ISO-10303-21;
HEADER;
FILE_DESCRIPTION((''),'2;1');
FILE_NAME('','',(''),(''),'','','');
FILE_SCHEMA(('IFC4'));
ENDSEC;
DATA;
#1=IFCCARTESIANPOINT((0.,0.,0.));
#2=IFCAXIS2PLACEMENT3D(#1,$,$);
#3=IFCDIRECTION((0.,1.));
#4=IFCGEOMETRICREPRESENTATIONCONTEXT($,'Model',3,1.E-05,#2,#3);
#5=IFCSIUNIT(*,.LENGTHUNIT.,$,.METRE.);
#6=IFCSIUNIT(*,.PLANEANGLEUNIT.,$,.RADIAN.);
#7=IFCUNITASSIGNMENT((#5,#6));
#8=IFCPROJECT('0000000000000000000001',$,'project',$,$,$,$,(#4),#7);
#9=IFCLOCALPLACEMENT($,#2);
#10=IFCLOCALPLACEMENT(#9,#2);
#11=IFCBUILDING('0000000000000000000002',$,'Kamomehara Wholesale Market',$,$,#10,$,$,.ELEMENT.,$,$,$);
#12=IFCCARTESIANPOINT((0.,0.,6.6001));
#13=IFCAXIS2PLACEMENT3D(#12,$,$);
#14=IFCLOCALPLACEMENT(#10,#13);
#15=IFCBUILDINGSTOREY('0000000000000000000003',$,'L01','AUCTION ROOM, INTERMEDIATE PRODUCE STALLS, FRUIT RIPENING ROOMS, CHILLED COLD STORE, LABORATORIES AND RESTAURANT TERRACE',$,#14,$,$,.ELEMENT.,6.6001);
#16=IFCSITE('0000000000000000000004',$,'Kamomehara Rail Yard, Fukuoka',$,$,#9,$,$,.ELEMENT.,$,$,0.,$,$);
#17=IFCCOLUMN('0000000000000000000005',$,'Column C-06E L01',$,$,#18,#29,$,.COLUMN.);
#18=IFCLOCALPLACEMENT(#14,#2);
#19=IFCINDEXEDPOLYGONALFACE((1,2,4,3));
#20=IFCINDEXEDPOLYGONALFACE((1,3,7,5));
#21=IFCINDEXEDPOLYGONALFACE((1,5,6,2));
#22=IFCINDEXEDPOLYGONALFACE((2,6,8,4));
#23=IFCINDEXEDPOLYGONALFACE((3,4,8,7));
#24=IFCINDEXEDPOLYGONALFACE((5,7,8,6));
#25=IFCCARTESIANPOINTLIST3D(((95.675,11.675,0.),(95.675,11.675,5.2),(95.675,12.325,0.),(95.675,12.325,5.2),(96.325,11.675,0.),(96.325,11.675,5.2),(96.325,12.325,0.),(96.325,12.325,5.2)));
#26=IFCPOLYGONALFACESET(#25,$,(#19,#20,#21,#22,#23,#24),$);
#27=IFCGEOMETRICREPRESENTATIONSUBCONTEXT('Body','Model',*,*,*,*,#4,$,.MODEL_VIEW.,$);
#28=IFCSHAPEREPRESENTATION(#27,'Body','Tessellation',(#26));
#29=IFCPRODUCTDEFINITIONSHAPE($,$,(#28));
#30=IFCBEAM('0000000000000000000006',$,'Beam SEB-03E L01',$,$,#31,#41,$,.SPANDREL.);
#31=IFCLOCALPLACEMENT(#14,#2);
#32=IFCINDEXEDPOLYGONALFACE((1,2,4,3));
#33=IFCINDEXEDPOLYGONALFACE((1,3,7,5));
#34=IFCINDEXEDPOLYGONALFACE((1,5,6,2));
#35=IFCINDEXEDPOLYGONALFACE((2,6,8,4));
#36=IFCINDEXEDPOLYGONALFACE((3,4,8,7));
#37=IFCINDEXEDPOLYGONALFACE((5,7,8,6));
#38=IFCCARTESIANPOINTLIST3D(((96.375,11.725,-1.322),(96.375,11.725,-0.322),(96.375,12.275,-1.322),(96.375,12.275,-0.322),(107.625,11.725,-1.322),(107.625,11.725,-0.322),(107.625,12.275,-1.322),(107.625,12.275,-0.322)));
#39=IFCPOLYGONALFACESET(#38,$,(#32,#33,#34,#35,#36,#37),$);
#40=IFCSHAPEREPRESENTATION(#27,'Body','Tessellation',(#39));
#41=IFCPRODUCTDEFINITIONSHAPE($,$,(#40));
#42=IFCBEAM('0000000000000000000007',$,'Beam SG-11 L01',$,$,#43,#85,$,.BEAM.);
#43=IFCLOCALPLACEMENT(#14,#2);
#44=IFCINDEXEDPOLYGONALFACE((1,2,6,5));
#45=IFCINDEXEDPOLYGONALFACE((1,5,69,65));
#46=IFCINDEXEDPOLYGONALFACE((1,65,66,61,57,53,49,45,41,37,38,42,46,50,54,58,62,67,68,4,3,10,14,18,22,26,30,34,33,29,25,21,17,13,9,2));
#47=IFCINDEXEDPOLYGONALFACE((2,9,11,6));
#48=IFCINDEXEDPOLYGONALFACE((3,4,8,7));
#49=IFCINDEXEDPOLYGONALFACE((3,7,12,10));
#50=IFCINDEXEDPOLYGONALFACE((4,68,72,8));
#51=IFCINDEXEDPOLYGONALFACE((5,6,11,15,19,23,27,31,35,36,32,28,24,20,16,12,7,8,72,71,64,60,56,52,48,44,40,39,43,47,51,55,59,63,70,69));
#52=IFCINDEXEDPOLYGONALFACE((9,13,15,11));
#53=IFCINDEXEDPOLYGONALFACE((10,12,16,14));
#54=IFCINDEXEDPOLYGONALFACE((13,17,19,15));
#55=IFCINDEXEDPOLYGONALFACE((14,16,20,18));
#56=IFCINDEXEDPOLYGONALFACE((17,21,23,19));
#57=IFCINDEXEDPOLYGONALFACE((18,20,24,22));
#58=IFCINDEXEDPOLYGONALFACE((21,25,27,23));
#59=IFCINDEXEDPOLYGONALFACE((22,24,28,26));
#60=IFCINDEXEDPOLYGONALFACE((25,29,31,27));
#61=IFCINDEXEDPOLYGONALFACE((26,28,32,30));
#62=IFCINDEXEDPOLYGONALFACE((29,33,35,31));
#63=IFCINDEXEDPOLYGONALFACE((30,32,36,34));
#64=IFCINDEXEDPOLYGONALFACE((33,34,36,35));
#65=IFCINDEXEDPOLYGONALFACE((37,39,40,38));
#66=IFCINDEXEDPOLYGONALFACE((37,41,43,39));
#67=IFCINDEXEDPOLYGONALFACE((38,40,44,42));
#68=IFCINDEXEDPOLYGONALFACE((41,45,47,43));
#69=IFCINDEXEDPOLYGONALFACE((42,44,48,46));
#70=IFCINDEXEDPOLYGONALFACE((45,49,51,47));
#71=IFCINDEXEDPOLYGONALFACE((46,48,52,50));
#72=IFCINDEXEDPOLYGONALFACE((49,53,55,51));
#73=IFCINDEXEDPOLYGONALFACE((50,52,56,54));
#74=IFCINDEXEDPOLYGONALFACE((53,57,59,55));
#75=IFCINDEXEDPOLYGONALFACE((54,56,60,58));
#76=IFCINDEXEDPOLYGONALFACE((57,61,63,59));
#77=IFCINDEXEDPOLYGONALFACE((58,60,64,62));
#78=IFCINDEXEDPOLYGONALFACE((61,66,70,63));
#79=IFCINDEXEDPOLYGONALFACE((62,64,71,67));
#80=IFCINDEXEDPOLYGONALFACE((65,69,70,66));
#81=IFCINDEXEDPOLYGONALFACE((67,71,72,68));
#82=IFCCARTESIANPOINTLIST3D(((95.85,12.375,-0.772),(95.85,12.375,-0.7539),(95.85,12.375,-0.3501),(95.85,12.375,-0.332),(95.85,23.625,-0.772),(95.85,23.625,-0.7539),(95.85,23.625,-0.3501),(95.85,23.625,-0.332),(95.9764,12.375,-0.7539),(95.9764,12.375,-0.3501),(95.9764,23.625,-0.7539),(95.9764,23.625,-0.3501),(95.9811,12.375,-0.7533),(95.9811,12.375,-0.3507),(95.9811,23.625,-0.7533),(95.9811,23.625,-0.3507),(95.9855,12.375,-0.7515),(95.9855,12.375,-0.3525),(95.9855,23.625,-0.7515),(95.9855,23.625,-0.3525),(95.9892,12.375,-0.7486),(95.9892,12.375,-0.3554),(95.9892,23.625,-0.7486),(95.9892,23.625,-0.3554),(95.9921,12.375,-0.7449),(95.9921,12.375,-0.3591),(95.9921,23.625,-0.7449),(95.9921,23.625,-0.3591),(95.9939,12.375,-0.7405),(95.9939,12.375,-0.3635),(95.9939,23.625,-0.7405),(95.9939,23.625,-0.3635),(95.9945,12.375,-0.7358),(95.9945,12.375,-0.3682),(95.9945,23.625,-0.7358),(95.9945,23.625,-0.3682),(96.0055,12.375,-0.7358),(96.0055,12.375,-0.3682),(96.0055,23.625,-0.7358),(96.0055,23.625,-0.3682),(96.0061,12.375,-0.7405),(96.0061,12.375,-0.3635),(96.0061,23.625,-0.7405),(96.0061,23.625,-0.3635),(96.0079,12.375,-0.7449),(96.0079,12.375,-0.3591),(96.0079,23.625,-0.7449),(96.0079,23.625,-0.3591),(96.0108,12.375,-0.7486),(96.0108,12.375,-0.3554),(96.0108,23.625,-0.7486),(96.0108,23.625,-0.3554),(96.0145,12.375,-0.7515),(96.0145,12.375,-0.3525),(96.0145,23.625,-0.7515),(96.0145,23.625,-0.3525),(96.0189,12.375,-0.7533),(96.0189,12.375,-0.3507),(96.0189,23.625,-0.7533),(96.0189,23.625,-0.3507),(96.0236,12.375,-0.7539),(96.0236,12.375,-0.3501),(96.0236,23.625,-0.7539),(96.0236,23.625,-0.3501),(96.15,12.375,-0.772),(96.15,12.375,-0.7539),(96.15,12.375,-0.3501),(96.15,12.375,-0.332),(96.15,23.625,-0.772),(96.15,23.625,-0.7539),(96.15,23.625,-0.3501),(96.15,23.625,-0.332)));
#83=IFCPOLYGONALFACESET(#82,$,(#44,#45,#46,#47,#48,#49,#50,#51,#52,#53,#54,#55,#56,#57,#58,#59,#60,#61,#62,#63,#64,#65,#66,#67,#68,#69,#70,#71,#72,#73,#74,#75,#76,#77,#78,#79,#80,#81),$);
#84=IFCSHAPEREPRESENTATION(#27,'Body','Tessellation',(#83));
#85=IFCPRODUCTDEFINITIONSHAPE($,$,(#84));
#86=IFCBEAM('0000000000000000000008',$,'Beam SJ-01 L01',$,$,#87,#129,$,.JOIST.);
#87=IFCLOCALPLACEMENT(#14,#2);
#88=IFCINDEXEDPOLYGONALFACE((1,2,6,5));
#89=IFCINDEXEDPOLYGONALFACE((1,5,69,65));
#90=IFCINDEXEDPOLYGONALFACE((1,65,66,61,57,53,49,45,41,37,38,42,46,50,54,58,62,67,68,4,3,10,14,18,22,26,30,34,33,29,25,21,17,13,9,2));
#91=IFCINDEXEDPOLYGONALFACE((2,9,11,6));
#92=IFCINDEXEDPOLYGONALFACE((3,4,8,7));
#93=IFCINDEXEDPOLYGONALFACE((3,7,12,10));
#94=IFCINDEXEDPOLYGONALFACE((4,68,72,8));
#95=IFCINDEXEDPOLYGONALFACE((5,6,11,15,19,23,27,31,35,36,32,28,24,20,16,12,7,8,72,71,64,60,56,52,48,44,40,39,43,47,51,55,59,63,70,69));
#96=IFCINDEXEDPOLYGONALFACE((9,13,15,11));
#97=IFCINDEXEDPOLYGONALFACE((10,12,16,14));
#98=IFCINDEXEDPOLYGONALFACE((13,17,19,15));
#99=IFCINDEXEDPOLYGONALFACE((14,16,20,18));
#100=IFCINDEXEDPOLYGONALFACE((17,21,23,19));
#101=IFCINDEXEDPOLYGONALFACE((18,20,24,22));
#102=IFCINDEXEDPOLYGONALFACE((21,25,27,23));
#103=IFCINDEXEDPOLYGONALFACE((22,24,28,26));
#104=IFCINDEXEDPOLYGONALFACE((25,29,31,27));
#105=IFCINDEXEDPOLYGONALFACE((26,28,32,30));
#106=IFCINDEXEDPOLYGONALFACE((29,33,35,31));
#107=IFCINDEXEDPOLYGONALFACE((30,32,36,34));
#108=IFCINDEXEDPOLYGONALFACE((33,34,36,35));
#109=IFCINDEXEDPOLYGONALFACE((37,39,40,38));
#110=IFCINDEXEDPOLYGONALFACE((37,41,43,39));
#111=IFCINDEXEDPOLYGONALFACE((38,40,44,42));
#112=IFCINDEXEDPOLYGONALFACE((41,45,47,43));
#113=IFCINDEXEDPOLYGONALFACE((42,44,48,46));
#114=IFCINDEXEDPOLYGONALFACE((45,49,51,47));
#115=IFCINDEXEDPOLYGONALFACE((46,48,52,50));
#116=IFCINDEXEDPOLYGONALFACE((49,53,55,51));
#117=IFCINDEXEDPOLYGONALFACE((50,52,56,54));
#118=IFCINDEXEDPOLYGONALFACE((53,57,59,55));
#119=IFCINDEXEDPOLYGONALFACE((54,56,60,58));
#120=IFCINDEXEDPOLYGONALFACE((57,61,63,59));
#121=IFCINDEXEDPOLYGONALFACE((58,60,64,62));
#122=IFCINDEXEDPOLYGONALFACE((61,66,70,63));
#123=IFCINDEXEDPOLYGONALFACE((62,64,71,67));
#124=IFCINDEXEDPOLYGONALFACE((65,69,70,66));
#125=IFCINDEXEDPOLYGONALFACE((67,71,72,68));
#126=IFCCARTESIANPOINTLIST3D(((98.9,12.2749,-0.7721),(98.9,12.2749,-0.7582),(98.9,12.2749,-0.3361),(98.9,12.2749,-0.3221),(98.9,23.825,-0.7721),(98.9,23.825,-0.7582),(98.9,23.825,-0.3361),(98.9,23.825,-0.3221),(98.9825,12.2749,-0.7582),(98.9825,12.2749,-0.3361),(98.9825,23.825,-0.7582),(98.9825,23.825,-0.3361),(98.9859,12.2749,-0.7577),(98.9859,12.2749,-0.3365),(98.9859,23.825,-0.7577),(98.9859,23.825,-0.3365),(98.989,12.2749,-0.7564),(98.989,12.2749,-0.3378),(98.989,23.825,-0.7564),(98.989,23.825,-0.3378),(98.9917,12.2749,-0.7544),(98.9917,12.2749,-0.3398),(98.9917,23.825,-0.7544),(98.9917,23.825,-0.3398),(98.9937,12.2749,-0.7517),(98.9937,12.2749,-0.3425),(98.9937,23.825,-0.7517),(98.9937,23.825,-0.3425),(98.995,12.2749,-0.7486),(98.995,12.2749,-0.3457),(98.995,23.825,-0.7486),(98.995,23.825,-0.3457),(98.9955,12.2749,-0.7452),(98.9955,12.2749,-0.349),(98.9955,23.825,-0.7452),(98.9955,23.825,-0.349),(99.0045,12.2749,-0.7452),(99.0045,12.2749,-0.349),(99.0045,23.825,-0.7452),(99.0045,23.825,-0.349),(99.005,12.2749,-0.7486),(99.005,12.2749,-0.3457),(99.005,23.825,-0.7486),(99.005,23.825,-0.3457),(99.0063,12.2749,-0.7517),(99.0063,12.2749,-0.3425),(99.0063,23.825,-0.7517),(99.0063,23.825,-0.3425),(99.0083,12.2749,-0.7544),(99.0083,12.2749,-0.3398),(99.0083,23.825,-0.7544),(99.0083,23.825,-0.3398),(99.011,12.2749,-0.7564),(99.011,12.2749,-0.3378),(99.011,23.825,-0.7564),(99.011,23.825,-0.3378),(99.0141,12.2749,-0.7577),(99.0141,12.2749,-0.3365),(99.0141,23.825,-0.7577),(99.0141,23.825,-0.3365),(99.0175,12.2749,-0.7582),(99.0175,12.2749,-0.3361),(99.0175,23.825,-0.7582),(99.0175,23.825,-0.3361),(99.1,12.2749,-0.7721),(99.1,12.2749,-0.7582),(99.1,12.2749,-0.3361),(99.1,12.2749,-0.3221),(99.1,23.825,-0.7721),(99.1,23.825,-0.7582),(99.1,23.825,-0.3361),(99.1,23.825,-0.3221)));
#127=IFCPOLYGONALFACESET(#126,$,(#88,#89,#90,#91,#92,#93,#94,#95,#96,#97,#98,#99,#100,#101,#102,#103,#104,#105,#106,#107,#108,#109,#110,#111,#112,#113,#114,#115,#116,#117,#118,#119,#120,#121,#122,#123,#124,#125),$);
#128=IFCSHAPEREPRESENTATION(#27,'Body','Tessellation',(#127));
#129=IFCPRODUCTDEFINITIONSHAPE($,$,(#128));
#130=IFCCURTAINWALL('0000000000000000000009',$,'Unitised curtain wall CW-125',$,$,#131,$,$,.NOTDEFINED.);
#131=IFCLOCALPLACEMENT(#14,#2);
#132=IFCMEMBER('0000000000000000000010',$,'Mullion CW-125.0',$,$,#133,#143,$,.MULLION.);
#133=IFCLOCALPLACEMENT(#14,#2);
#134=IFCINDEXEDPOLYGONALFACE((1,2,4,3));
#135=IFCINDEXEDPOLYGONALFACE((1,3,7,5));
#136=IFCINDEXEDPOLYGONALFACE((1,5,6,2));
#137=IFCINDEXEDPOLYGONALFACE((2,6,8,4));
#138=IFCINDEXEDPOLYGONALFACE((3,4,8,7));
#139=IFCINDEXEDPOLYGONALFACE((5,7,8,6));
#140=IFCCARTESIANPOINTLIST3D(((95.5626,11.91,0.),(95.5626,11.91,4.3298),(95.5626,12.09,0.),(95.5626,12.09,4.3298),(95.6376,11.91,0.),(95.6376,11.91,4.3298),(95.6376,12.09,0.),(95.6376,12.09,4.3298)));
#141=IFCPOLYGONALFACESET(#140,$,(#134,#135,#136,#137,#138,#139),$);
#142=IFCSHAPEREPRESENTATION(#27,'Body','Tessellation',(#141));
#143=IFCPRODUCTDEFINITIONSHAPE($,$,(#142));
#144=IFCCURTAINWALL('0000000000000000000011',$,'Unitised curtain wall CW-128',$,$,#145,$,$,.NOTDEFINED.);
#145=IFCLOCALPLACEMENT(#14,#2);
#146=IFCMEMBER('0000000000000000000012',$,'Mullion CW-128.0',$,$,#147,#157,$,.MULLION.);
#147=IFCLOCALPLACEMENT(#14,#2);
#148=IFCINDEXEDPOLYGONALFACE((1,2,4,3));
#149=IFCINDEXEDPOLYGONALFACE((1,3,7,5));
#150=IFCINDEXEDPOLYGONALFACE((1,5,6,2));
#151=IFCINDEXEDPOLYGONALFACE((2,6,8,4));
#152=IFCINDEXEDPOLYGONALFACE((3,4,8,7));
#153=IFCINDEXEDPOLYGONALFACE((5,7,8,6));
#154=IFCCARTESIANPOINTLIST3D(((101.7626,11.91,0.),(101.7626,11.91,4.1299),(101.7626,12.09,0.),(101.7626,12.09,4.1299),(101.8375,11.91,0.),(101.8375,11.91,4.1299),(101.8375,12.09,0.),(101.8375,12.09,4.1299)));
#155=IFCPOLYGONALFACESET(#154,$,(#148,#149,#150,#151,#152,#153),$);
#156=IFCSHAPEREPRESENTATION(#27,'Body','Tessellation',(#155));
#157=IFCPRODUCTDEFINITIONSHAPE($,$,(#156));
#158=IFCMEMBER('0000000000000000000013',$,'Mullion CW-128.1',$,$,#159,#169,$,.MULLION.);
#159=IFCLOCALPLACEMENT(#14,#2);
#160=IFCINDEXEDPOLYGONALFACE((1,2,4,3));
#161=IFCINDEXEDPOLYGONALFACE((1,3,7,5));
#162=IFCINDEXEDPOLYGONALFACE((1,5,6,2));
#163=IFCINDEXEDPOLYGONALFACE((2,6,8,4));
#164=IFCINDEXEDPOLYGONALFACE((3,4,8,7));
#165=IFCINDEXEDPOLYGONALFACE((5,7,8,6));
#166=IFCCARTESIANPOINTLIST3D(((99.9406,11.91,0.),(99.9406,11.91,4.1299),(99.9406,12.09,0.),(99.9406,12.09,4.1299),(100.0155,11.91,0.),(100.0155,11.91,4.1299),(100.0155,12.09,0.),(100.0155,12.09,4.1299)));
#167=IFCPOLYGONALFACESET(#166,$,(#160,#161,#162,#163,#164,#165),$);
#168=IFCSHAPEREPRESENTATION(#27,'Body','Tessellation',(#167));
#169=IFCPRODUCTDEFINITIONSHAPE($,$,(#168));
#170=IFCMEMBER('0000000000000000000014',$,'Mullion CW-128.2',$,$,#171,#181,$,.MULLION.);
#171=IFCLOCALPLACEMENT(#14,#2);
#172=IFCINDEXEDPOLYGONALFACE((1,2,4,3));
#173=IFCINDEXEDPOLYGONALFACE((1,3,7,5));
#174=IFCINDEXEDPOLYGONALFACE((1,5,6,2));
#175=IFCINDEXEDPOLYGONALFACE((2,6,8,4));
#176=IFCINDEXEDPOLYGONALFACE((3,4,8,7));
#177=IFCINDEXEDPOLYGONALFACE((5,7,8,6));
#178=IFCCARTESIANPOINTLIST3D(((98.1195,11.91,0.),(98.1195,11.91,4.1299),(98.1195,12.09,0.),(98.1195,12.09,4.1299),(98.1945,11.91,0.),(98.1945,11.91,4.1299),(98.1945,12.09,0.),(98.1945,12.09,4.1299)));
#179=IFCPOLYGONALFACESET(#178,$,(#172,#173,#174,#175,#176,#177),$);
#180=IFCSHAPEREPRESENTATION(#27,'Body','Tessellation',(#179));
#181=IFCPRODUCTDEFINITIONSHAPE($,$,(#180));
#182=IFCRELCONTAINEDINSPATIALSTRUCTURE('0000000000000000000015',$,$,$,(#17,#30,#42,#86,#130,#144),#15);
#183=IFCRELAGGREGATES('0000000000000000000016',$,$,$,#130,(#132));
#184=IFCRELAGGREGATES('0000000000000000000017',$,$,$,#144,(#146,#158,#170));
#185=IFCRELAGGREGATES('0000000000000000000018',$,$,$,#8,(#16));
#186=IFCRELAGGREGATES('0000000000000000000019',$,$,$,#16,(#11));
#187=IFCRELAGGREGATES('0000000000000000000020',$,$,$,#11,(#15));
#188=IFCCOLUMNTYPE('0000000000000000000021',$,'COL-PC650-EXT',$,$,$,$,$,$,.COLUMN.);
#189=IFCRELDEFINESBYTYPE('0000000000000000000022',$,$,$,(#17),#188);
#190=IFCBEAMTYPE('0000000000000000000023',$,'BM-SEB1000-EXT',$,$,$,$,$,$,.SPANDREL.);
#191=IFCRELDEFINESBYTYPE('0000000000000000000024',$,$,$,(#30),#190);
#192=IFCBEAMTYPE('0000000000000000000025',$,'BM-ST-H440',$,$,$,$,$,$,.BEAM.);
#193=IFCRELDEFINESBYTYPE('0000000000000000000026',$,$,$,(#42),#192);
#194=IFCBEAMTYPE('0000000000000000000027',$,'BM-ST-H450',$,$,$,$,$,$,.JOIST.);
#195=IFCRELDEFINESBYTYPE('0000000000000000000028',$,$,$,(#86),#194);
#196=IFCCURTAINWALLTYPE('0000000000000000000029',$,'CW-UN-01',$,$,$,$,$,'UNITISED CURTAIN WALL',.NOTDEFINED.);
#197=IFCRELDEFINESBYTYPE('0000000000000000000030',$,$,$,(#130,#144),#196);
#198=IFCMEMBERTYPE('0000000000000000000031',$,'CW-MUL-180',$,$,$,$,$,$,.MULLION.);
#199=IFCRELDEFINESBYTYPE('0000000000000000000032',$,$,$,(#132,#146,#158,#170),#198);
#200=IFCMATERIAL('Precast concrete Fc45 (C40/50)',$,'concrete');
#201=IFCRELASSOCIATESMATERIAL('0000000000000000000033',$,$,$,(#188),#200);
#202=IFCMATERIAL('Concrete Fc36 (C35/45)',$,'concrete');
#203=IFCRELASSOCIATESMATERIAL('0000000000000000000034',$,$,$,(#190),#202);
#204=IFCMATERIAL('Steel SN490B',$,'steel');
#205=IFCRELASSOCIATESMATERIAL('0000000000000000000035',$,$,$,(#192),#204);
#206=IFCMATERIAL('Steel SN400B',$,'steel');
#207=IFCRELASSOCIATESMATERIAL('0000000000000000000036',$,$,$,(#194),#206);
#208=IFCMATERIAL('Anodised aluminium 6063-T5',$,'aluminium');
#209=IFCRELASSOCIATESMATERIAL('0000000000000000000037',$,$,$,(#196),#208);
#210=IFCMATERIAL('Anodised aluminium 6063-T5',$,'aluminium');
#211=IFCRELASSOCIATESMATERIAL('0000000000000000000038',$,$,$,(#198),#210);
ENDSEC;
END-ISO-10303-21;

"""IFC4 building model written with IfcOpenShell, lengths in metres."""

from ifc_helpers import new_model, si_unit, direction, frame, origin, origin_2d, place, context, subcontext, project, spatial, rectangle, i_section, extrude, material, material_profile, profile_set, type_object, element, aggregate, save


model = new_model("IFC4")

# Units and contexts
model_context = context("Model", 3, precision=1e-05, world=origin(), true_north=direction((0.0, 1.0)))
body_context = subcontext(model_context, "Body", "Model", "MODEL_VIEW")
ifc_project = project(units=[si_unit("LENGTHUNIT", "METRE"), si_unit("PLANEANGLEUNIT", "RADIAN")], contexts=[model_context])

# Site, building, storey
site_placement = place(None, origin())
site = spatial("IfcSite", under=ifc_project, at=site_placement, Name="Kamomehara Rail Yard, Fukuoka", CompositionType="ELEMENT", RefElevation=0.0)
building_placement = place(site_placement, origin())
building = spatial("IfcBuilding", under=site, at=building_placement, Name="Kamomehara Wholesale Market", CompositionType="ELEMENT")
storey_placement = place(building_placement, frame((0.0, 0.0, 6.6001)))
storey = spatial("IfcBuildingStorey", under=building, at=storey_placement, Name="L01", Description="AUCTION ROOM, INTERMEDIATE PRODUCE STALLS, FRUIT RIPENING ROOMS, CHILLED COLD STORE, LABORATORIES AND RESTAURANT TERRACE", CompositionType="ELEMENT", Elevation=6.6001)

# Column
ifc_material_1 = material(Name="Precast concrete Fc45 (C40/50)", Category="concrete")
ifc_material_profile_1 = material_profile(ifc_material_1, rectangle(XDim=0.6499, YDim=0.6499, at=origin_2d()), Name="PC-COL-650x650")
ifc_profile_set_1 = profile_set([ifc_material_profile_1], Name="Precast concrete Fc45 (C40/50)")
column_type = type_object("IfcColumnType", Name="COL-PC650-EXT", PredefinedType="COLUMN", material=ifc_profile_set_1)
column_placement = place(storey_placement, frame((96.0, 12.0, 0.0), z_axis=(0.0, 0.0, 1.0), x_axis=(1.0, 0.0, 0.0)))
element("IfcColumn", 1, at=column_placement, inside=storey, type_object=column_type, Name="Column C-06E L01", PredefinedType="COLUMN", context=body_context, shape_type="SweptSolid", body=[
    extrude(rectangle(XDim=0.6499, YDim=0.6499, at=origin_2d()), origin(), (0.0, 0.0, 1.0), 5.2),
])

# Beams
ifc_material_2 = material(Name="Concrete Fc36 (C35/45)", Category="concrete")
ifc_material_profile_2 = material_profile(ifc_material_2, rectangle(XDim=0.55, YDim=1.0, at=origin_2d()), Name="RC-SEB-550x1000")
ifc_profile_set_2 = profile_set([ifc_material_profile_2], Name="Concrete Fc36 (C35/45)")
beam_type_1 = type_object("IfcBeamType", Name="BM-SEB1000-EXT", PredefinedType="SPANDREL", material=ifc_profile_set_2)
beam_1_placement = place(storey_placement, frame((96.375, 12.0, -0.822), z_axis=(1.0, 0.0, 0.0), x_axis=(0.0, 1.0, 0.0)))
element("IfcBeam", 2, at=beam_1_placement, inside=storey, type_object=beam_type_1, Name="Beam SEB-03E L01", PredefinedType="SPANDREL", context=body_context, shape_type="SweptSolid", body=[
    extrude(rectangle(XDim=0.55, YDim=1.0, at=origin_2d()), origin(), (0.0, 0.0, 1.0), 11.25),
])
ifc_material_3 = material(Name="Steel SN490B", Category="steel")
ifc_material_profile_3 = material_profile(ifc_material_3, i_section(OverallWidth=0.3, OverallDepth=0.4399, WebThickness=0.011, FlangeThickness=0.0181, FilletRadius=0.0181, at=origin_2d()), Name="H-440x300x11x18")
ifc_profile_set_3 = profile_set([ifc_material_profile_3], Name="Steel SN490B")
beam_type_2 = type_object("IfcBeamType", Name="BM-ST-H440", PredefinedType="BEAM", material=ifc_profile_set_3)
beam_2_placement = place(storey_placement, frame((96.0, 12.375, -0.552), z_axis=(0.0, 1.0, 0.0), x_axis=(-1.0, 0.0, 0.0)))
element("IfcBeam", 3, at=beam_2_placement, inside=storey, type_object=beam_type_2, Name="Beam SG-11 L01", PredefinedType="BEAM", context=body_context, shape_type="SweptSolid", body=[
    extrude(i_section(OverallWidth=0.3, OverallDepth=0.4399, WebThickness=0.011, FlangeThickness=0.0181, FilletRadius=0.0181, at=origin_2d()), origin(), (0.0, 0.0, 1.0), 11.25),
])
ifc_material_4 = material(Name="Steel SN400B", Category="steel")
ifc_material_profile_4 = material_profile(ifc_material_4, i_section(OverallWidth=0.2, OverallDepth=0.45, WebThickness=0.009, FlangeThickness=0.0139, FilletRadius=0.0129, at=origin_2d()), Name="H-450x200x9x14")
ifc_profile_set_4 = profile_set([ifc_material_profile_4], Name="Steel SN400B")
beam_type_3 = type_object("IfcBeamType", Name="BM-ST-H450", PredefinedType="JOIST", material=ifc_profile_set_4)
beam_3_placement = place(storey_placement, frame((99.0, 12.2749, -0.5471), z_axis=(0.0, 1.0, 0.0), x_axis=(-1.0, 0.0, 0.0)))
element("IfcBeam", 4, at=beam_3_placement, inside=storey, type_object=beam_type_3, Name="Beam SJ-01 L01", PredefinedType="JOIST", context=body_context, shape_type="SweptSolid", body=[
    extrude(i_section(OverallWidth=0.2, OverallDepth=0.45, WebThickness=0.009, FlangeThickness=0.0139, FilletRadius=0.0129, at=origin_2d()), origin(), (0.0, 0.0, 1.0), 11.55),
])

# Curtain wall, member
ifc_material_5 = material(Name="Anodised aluminium 6063-T5", Category="aluminium")
curtain_wall_type = type_object("IfcCurtainWallType", Name="CW-UN-01", ElementType="UNITISED CURTAIN WALL", PredefinedType="NOTDEFINED", material=ifc_material_5)
curtain_wall_1_placement = place(storey_placement, origin())
curtain_wall_1 = element("IfcCurtainWall", 5, at=curtain_wall_1_placement, inside=storey, type_object=curtain_wall_type, Name="Unitised curtain wall CW-125", PredefinedType="NOTDEFINED")
ifc_material_6 = material(Name="Anodised aluminium 6063-T5", Category="aluminium")
ifc_material_profile_5 = material_profile(ifc_material_6, rectangle(XDim=0.075, YDim=0.1799, at=origin_2d()), Name="ALU-MUL-75x180")
ifc_profile_set_5 = profile_set([ifc_material_profile_5], Name="Anodised aluminium 6063-T5")
member_type_1 = type_object("IfcMemberType", Name="CW-MUL-180", PredefinedType="MULLION", material=ifc_profile_set_5)
member_1_placement = place(storey_placement, frame((95.6001, 12.0, 0.0), z_axis=(0.0, 0.0, 1.0), x_axis=(-1.0, 0.0, 0.0)))
member_1 = element("IfcMember", 6, at=member_1_placement, type_object=member_type_1, Name="Mullion CW-125.0", PredefinedType="MULLION", context=body_context, shape_type="SweptSolid", body=[
    extrude(rectangle(XDim=0.075, YDim=0.1799, at=origin_2d()), origin(), (0.0, 0.0, 1.0), 4.3298),
])

# Curtain wall, members
curtain_wall_2_placement = place(storey_placement, origin())
curtain_wall_2 = element("IfcCurtainWall", 7, at=curtain_wall_2_placement, inside=storey, type_object=curtain_wall_type, Name="Unitised curtain wall CW-128", PredefinedType="NOTDEFINED")
member_2_placement = place(storey_placement, frame((101.8, 12.0, 0.0), z_axis=(0.0, 0.0, 1.0), x_axis=(-1.0, 0.0, 0.0)))
member_2 = element("IfcMember", 8, at=member_2_placement, type_object=member_type_1, Name="Mullion CW-128.0", PredefinedType="MULLION", context=body_context, shape_type="SweptSolid", body=[
    extrude(rectangle(XDim=0.075, YDim=0.1799, at=origin_2d()), origin(), (0.0, 0.0, 1.0), 4.1299),
])
member_3_placement = place(storey_placement, frame((99.978, 12.0, 0.0), z_axis=(0.0, 0.0, 1.0), x_axis=(-1.0, 0.0, 0.0)))
member_3 = element("IfcMember", 9, at=member_3_placement, type_object=member_type_1, Name="Mullion CW-128.1", PredefinedType="MULLION", context=body_context, shape_type="SweptSolid", body=[
    extrude(rectangle(XDim=0.075, YDim=0.1799, at=origin_2d()), origin(), (0.0, 0.0, 1.0), 4.1299),
])
member_4_placement = place(storey_placement, frame((98.157, 12.0, 0.0), z_axis=(0.0, 0.0, 1.0), x_axis=(-1.0, 0.0, 0.0)))
member_4 = element("IfcMember", 10, at=member_4_placement, type_object=member_type_1, Name="Mullion CW-128.2", PredefinedType="MULLION", context=body_context, shape_type="SweptSolid", body=[
    extrude(rectangle(XDim=0.075, YDim=0.1799, at=origin_2d()), origin(), (0.0, 0.0, 1.0), 4.1299),
])

aggregate(curtain_wall_1, [member_1])

aggregate(curtain_wall_2, [member_2, member_3, member_4])

save(model, "model.ifc")
